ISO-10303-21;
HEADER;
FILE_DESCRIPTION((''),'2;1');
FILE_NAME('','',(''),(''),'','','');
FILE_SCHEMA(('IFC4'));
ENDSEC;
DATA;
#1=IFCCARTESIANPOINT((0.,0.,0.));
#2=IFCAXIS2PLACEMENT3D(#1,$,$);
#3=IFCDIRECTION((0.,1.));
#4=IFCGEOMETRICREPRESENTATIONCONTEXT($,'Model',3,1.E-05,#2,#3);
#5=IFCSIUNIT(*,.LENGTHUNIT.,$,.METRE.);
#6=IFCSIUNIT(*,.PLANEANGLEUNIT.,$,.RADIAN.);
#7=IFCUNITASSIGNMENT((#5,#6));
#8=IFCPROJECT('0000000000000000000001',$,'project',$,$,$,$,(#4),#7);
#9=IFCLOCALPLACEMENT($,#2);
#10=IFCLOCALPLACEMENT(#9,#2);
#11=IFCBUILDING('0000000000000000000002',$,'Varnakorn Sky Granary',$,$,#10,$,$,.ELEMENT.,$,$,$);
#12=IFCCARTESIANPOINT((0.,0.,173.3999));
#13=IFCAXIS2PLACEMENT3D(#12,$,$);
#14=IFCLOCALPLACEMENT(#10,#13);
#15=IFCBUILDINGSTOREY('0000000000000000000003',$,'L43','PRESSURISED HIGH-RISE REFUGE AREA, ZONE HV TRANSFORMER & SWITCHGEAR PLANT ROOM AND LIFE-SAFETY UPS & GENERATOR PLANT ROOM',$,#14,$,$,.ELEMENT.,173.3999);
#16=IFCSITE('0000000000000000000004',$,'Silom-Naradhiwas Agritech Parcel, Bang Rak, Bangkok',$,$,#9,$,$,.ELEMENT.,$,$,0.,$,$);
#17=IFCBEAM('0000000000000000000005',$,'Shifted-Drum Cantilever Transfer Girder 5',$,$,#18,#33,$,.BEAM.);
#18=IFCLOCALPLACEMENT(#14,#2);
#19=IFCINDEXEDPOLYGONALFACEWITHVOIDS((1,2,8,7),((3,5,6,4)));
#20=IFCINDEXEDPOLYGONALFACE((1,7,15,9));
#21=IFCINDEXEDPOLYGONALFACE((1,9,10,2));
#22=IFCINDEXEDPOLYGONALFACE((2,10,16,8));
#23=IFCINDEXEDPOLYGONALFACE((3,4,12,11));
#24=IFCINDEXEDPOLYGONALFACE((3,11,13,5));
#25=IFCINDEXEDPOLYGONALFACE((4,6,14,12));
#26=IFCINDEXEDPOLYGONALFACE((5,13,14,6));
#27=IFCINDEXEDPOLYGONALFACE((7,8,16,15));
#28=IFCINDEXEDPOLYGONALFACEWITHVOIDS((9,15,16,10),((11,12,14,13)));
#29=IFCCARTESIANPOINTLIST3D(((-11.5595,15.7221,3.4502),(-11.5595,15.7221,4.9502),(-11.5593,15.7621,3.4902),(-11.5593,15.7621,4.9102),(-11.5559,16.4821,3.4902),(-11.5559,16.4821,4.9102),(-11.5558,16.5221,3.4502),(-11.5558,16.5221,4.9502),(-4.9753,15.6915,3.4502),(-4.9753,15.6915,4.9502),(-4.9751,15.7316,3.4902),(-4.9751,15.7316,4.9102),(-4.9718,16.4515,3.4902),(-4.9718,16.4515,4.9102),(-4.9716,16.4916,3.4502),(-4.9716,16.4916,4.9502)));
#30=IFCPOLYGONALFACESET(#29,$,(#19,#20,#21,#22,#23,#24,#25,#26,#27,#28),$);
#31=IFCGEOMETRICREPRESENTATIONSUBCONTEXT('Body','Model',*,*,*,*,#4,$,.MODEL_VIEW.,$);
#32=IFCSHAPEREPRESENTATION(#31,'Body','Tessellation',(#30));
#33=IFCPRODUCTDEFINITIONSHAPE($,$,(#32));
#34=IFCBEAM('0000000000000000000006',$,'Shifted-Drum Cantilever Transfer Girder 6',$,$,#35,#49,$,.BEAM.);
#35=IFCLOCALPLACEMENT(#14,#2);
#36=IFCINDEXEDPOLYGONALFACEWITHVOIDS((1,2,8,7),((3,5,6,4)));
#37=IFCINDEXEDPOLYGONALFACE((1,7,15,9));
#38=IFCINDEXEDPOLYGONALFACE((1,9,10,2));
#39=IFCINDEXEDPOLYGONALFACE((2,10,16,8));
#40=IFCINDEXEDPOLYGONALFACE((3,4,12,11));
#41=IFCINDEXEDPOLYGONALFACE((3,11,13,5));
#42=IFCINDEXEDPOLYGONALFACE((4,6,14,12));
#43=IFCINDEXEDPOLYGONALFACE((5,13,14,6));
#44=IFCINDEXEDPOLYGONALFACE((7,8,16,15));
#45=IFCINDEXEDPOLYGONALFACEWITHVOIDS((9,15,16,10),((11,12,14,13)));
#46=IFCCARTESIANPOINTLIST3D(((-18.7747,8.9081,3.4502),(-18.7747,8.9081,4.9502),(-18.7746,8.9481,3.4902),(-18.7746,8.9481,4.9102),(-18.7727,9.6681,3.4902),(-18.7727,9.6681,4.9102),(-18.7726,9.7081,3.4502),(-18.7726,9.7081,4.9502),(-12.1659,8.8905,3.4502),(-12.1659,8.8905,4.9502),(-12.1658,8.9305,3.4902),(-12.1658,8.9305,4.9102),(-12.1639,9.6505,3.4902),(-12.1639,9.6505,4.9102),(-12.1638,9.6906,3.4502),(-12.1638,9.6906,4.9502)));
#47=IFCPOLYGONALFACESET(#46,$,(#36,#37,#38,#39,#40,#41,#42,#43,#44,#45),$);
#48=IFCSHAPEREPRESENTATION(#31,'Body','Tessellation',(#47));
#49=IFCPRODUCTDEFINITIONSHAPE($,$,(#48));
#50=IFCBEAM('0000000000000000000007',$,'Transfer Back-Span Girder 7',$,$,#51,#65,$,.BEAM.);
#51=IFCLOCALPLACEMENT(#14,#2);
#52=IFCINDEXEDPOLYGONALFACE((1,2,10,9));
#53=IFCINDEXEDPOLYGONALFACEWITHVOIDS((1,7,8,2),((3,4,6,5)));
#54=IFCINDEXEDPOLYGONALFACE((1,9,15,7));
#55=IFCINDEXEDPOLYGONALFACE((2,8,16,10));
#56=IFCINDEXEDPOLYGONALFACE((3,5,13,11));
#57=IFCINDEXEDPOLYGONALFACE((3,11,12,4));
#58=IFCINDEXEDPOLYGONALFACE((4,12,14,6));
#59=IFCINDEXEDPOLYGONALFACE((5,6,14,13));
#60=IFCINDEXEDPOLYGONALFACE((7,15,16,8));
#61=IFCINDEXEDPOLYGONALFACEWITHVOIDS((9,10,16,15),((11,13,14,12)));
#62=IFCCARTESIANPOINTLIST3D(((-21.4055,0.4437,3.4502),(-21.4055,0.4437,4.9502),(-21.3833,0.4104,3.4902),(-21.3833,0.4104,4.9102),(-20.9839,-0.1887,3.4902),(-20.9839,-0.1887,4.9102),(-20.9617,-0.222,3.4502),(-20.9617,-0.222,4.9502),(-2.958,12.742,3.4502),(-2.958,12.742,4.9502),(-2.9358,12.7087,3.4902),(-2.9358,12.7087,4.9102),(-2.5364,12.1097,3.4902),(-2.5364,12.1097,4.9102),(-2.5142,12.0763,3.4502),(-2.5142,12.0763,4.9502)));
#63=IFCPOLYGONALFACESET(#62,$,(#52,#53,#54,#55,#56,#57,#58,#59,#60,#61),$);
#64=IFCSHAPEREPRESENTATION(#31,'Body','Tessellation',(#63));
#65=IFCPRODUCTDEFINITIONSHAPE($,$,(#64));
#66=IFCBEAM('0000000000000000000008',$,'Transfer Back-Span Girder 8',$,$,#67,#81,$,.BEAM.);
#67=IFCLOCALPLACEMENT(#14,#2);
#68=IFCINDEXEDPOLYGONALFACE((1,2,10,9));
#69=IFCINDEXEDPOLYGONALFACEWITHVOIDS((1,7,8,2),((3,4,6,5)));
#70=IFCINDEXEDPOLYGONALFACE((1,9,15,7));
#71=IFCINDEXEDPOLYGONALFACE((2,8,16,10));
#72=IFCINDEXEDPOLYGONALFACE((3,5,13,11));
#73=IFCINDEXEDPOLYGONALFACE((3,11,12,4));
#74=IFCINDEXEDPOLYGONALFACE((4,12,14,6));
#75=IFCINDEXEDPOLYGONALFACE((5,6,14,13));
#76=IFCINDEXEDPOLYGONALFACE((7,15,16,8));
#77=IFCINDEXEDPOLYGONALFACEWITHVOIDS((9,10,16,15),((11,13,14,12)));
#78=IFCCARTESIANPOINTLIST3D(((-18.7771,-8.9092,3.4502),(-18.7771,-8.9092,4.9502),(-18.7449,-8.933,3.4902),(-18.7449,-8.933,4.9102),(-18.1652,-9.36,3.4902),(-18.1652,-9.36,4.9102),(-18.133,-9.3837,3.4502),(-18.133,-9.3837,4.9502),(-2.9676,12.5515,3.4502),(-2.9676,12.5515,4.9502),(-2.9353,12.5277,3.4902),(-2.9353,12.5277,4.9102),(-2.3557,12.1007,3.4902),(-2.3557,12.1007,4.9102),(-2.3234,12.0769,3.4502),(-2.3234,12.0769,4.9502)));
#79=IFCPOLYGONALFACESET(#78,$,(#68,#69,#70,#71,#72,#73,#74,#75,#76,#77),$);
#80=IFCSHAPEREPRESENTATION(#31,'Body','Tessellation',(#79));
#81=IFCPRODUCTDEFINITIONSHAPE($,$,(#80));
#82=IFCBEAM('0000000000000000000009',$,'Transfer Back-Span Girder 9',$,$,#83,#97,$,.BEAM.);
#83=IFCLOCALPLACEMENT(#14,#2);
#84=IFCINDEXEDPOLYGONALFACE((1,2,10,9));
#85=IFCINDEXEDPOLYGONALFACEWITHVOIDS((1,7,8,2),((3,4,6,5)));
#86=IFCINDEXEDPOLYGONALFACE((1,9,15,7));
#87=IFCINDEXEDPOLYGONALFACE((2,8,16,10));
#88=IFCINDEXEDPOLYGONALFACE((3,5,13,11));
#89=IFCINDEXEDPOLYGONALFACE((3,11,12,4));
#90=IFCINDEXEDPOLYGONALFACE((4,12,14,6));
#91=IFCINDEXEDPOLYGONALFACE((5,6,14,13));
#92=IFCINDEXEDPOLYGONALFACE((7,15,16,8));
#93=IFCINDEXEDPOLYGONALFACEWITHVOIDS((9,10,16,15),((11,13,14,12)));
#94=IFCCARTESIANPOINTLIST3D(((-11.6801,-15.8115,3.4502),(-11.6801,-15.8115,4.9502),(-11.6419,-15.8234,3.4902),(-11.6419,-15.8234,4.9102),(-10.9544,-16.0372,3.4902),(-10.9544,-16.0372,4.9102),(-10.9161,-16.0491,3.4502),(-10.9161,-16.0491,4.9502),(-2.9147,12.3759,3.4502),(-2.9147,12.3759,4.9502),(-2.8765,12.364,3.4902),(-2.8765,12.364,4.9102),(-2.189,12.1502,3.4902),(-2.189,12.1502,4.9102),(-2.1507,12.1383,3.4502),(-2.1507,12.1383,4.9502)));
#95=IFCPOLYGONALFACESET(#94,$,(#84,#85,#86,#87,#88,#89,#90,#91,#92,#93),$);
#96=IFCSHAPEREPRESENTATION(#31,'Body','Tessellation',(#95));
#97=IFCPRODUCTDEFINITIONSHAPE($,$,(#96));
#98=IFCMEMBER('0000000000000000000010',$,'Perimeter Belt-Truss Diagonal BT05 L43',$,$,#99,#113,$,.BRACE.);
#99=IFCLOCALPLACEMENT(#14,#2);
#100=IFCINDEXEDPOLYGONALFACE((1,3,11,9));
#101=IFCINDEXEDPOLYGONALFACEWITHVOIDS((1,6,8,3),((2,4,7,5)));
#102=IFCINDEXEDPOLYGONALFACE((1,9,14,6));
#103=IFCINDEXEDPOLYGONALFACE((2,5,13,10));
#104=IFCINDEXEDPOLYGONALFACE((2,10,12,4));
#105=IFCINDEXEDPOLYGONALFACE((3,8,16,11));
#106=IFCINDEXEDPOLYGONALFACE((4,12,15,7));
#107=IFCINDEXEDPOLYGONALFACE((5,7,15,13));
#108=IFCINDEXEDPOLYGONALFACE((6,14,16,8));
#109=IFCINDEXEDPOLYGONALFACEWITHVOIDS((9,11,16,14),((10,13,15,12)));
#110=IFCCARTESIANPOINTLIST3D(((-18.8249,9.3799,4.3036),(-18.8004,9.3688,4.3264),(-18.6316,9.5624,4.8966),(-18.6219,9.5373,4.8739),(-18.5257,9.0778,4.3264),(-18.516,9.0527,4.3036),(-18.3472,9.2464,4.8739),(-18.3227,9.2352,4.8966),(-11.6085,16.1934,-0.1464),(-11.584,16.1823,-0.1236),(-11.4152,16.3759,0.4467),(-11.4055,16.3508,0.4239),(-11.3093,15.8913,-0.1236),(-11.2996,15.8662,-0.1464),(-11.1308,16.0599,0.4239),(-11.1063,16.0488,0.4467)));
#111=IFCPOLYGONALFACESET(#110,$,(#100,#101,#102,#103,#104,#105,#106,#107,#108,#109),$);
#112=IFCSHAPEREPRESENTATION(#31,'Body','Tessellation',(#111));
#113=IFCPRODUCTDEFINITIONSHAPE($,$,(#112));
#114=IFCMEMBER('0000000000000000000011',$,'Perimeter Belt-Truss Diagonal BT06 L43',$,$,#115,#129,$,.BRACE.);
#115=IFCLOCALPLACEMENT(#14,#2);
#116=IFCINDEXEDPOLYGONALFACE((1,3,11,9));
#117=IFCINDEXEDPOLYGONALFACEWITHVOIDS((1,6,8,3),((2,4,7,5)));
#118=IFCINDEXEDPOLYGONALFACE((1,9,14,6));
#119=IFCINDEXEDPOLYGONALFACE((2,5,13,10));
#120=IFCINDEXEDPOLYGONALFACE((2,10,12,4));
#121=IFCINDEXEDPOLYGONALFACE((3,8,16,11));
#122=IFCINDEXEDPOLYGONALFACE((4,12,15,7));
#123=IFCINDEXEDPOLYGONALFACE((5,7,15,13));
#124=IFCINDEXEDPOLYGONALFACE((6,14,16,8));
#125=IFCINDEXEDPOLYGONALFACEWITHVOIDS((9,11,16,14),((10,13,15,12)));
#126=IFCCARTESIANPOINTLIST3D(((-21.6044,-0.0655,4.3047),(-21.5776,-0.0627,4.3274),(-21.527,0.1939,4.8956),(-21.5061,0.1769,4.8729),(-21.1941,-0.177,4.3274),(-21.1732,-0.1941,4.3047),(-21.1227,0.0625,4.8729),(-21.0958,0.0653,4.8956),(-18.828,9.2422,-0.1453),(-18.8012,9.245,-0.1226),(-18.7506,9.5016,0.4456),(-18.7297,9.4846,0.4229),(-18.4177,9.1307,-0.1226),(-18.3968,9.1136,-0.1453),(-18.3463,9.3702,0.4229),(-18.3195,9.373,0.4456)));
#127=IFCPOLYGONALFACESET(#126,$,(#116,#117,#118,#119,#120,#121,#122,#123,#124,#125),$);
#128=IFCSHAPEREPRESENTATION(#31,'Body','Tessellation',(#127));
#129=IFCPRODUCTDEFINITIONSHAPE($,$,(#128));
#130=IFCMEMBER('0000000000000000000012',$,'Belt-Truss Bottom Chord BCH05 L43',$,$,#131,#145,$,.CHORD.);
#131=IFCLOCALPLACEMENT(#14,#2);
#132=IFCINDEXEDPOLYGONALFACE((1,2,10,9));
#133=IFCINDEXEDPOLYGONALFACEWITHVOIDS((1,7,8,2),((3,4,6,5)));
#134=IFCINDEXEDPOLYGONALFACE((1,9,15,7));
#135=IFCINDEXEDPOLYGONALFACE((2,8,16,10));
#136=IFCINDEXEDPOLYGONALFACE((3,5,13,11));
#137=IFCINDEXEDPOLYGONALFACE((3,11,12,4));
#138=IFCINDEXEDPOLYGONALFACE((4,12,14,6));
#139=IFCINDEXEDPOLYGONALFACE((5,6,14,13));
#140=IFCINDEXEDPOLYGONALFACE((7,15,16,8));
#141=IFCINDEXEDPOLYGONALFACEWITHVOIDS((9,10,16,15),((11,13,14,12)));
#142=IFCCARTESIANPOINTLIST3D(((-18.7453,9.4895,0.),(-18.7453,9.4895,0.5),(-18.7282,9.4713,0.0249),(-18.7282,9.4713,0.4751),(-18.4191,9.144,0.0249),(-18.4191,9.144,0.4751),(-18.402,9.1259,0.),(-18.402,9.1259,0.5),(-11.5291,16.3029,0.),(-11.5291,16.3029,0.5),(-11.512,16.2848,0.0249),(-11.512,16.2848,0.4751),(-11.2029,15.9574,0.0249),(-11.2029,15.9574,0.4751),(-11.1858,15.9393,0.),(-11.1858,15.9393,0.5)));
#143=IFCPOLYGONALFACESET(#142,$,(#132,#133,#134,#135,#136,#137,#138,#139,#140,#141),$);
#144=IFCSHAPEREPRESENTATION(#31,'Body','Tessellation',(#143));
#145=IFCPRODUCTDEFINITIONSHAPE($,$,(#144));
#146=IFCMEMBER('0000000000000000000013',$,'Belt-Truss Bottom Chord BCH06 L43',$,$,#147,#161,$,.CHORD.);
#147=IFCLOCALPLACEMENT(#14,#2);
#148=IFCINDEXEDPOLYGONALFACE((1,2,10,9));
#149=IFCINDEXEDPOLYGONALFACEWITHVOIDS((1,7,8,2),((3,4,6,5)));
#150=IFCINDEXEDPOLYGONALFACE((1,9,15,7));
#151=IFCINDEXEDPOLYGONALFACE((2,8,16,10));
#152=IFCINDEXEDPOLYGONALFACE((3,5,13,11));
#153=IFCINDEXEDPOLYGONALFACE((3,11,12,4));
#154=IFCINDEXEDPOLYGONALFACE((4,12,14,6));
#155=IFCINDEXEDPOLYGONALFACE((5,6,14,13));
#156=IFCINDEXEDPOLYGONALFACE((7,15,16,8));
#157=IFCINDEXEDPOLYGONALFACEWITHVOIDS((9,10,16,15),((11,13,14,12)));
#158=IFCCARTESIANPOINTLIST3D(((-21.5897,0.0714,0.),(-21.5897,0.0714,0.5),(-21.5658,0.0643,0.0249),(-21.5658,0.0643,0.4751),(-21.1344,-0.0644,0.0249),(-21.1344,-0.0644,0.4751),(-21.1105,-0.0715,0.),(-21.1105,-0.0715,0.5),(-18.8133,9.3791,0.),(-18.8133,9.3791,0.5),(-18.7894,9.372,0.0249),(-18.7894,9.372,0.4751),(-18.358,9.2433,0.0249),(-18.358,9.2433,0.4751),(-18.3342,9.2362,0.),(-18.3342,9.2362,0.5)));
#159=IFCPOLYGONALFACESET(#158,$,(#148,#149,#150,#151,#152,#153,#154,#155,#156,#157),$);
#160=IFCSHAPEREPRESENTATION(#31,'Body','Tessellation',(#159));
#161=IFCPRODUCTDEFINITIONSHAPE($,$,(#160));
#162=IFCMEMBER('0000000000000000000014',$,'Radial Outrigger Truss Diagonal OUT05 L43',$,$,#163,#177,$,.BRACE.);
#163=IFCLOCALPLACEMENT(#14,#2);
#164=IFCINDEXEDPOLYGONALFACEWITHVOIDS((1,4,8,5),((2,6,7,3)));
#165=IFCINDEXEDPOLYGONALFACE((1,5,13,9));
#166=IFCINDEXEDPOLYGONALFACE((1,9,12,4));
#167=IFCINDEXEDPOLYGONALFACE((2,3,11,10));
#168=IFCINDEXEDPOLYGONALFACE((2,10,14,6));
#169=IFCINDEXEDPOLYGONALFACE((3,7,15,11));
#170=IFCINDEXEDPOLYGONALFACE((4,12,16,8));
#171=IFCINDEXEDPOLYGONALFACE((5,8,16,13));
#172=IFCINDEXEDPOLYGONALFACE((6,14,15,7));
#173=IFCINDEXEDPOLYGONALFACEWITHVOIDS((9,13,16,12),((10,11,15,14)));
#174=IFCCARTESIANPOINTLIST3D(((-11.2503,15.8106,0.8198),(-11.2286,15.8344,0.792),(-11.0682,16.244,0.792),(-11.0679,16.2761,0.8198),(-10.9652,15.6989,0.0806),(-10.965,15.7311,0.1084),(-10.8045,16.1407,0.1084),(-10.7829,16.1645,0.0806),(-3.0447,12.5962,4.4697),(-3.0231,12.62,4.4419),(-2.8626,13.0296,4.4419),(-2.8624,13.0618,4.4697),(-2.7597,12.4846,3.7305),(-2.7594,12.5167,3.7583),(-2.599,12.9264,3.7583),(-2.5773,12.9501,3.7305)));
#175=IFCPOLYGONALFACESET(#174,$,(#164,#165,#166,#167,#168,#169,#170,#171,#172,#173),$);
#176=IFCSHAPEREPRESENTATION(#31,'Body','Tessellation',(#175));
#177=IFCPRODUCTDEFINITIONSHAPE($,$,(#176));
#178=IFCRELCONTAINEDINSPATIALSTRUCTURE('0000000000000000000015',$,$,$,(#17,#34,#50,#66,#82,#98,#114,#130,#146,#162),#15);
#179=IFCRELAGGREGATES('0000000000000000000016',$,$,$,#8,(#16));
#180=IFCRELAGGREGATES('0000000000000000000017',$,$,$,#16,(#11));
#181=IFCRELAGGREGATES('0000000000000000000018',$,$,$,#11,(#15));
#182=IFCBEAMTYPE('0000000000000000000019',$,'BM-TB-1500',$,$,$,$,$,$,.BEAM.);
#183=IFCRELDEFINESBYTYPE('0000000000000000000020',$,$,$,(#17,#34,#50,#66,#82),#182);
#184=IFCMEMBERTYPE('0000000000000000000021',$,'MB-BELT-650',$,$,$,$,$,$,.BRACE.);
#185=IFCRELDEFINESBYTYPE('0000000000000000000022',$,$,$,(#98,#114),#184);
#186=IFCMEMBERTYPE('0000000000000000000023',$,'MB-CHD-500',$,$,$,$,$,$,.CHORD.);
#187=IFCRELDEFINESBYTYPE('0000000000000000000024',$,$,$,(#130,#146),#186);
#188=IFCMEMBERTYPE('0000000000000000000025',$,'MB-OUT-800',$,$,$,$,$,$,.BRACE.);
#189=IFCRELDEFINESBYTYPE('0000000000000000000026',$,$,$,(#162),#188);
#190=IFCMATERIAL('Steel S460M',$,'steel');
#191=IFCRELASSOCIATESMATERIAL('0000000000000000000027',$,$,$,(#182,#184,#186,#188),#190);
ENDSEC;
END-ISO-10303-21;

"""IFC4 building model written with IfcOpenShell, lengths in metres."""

from ifc_helpers import new_model, si_unit, direction, frame, origin, origin_2d, place, context, subcontext, project, spatial, hollow_rectangle, extrude, material, material_profile, profile_set, type_object, element, save


model = new_model("IFC4")

# Units and contexts
model_context = context("Model", 3, precision=1e-05, world=origin(), true_north=direction((0.0, 1.0)))
body_context = subcontext(model_context, "Body", "Model", "MODEL_VIEW")
ifc_project = project(units=[si_unit("LENGTHUNIT", "METRE"), si_unit("PLANEANGLEUNIT", "RADIAN")], contexts=[model_context])

# Site, building, storey
site_placement = place(None, origin())
site = spatial("IfcSite", under=ifc_project, at=site_placement, Name="Silom-Naradhiwas Agritech Parcel, Bang Rak, Bangkok", CompositionType="ELEMENT", RefElevation=0.0)
building_placement = place(site_placement, origin())
building = spatial("IfcBuilding", under=site, at=building_placement, Name="Varnakorn Sky Granary", CompositionType="ELEMENT")
storey_placement = place(building_placement, frame((0.0, 0.0, 173.3999)))
storey = spatial("IfcBuildingStorey", under=building, at=storey_placement, Name="L43", Description="PRESSURISED HIGH-RISE REFUGE AREA, ZONE HV TRANSFORMER & SWITCHGEAR PLANT ROOM AND LIFE-SAFETY UPS & GENERATOR PLANT ROOM", CompositionType="ELEMENT", Elevation=173.3999)

# Shared definitions
ifc_material_1 = material(Name="Steel S460M", Category="steel")

# Beams
ifc_material_profile_1 = material_profile(ifc_material_1, hollow_rectangle(XDim=0.8, YDim=1.5, WallThickness=0.04, at=origin_2d()), Name="BOX 800x1500x40")
ifc_profile_set_1 = profile_set([ifc_material_profile_1], Name="Steel S460M")
beam_type_1 = type_object("IfcBeamType", Name="BM-TB-1500", PredefinedType="BEAM", material=ifc_profile_set_1)
beam_1_placement = place(storey_placement, frame((-11.5576, 16.1221, 4.2002), z_axis=(0.999989, -0.004635, 0.0), x_axis=(0.004635, 0.999989, 0.0)))
element("IfcBeam", 1, at=beam_1_placement, inside=storey, type_object=beam_type_1, Name="Shifted-Drum Cantilever Transfer Girder 5", PredefinedType="BEAM", context=body_context, shape_type="SweptSolid", body=[
    extrude(hollow_rectangle(XDim=0.8, YDim=1.5, WallThickness=0.04, at=origin_2d()), origin(), (0.0, 0.0, 1.0), 6.5842),
])
beam_2_placement = place(storey_placement, frame((-18.7737, 9.3081, 4.2002), z_axis=(0.999996, -0.00266, 0.0), x_axis=(0.00266, 0.999996, 0.0)))
element("IfcBeam", 2, at=beam_2_placement, inside=storey, type_object=beam_type_1, Name="Shifted-Drum Cantilever Transfer Girder 6", PredefinedType="BEAM", context=body_context, shape_type="SweptSolid", body=[
    extrude(hollow_rectangle(XDim=0.8, YDim=1.5, WallThickness=0.04, at=origin_2d()), origin(), (0.0, 0.0, 1.0), 6.6089),
])
beam_3_placement = place(storey_placement, frame((-2.7361, 12.4092, 4.2002), z_axis=(-0.83205, -0.5547, 0.0), x_axis=(0.5547, -0.83205, 0.0)))
element("IfcBeam", 3, at=beam_3_placement, inside=storey, type_object=beam_type_1, Name="Transfer Back-Span Girder 7", PredefinedType="BEAM", context=body_context, shape_type="SweptSolid", body=[
    extrude(hollow_rectangle(XDim=0.8, YDim=1.5, WallThickness=0.04, at=origin_2d()), origin(), (0.0, 0.0, 1.0), 22.1711),
])
beam_4_placement = place(storey_placement, frame((-2.6455, 12.3142, 4.2002), z_axis=(-0.593112, -0.80512, 0.0), x_axis=(0.80512, -0.593112, 0.0)))
element("IfcBeam", 4, at=beam_4_placement, inside=storey, type_object=beam_type_1, Name="Transfer Back-Span Girder 8", PredefinedType="BEAM", context=body_context, shape_type="SweptSolid", body=[
    extrude(hollow_rectangle(XDim=0.8, YDim=1.5, WallThickness=0.04, at=origin_2d()), origin(), (0.0, 0.0, 1.0), 26.6553),
])
beam_5_placement = place(storey_placement, frame((-2.5327, 12.2571, 4.2002), z_axis=(-0.296943, -0.954895, 0.0), x_axis=(0.954895, -0.296943, 0.0)))
element("IfcBeam", 5, at=beam_5_placement, inside=storey, type_object=beam_type_1, Name="Transfer Back-Span Girder 9", PredefinedType="BEAM", context=body_context, shape_type="SweptSolid", body=[
    extrude(hollow_rectangle(XDim=0.8, YDim=1.5, WallThickness=0.04, at=origin_2d()), origin(), (0.0, 0.0, 1.0), 29.5188),
])

# Members
ifc_material_profile_2 = material_profile(ifc_material_1, hollow_rectangle(XDim=0.45, YDim=0.6499, WallThickness=0.0249, at=origin_2d()), Name="RHS 450x650x25")
ifc_profile_set_2 = profile_set([ifc_material_profile_2], Name="Steel S460M")
member_type_1 = type_object("IfcMemberType", Name="MB-BELT-650", PredefinedType="BRACE", material=ifc_profile_set_2)
member_1_placement = place(storey_placement, frame((-11.3574, 16.1211, 0.1501), z_axis=(-0.66347, -0.626434, 0.40913), x_axis=(0.686521, -0.72711, 0.0)))
element("IfcMember", 6, at=member_1_placement, inside=storey, type_object=member_type_1, Name="Perimeter Belt-Truss Diagonal BT05 L43", PredefinedType="BRACE", context=body_context, shape_type="SweptSolid", body=[
    extrude(hollow_rectangle(XDim=0.45, YDim=0.6499, WallThickness=0.0249, at=origin_2d()), origin(), (0.0, 0.0, 1.0), 10.8767),
])
member_2_placement = place(storey_placement, frame((-18.5737, 9.3076, 0.1501), z_axis=(-0.259869, -0.871196, 0.416517), x_axis=(0.958276, -0.285844, 0.0)))
element("IfcMember", 7, at=member_2_placement, inside=storey, type_object=member_type_1, Name="Perimeter Belt-Truss Diagonal BT06 L43", PredefinedType="BRACE", context=body_context, shape_type="SweptSolid", body=[
    extrude(hollow_rectangle(XDim=0.45, YDim=0.6499, WallThickness=0.0249, at=origin_2d()), origin(), (0.0, 0.0, 1.0), 10.6838),
])
ifc_material_profile_3 = material_profile(ifc_material_1, hollow_rectangle(XDim=0.5, YDim=0.5, WallThickness=0.0249, at=origin_2d()), Name="SHS 500x500x25")
ifc_profile_set_3 = profile_set([ifc_material_profile_3], Name="Steel S460M")
member_type_2 = type_object("IfcMemberType", Name="MB-CHD-500", PredefinedType="CHORD", material=ifc_profile_set_3)
member_3_placement = place(storey_placement, frame((-11.3574, 16.1211, 0.25), z_axis=(-0.72711, -0.686521, 0.0), x_axis=(0.686521, -0.72711, 0.0)))
element("IfcMember", 8, at=member_3_placement, inside=storey, type_object=member_type_2, Name="Belt-Truss Bottom Chord BCH05 L43", PredefinedType="CHORD", context=body_context, shape_type="SweptSolid", body=[
    extrude(hollow_rectangle(XDim=0.5, YDim=0.5, WallThickness=0.0249, at=origin_2d()), origin(), (0.0, 0.0, 1.0), 9.9246),
])
member_4_placement = place(storey_placement, frame((-18.5737, 9.3076, 0.25), z_axis=(-0.285844, -0.958276, 0.0), x_axis=(0.958276, -0.285844, 0.0)))
element("IfcMember", 9, at=member_4_placement, inside=storey, type_object=member_type_2, Name="Belt-Truss Bottom Chord BCH06 L43", PredefinedType="CHORD", context=body_context, shape_type="SweptSolid", body=[
    extrude(hollow_rectangle(XDim=0.5, YDim=0.5, WallThickness=0.0249, at=origin_2d()), origin(), (0.0, 0.0, 1.0), 9.7129),
])
ifc_material_profile_4 = material_profile(ifc_material_1, hollow_rectangle(XDim=0.5, YDim=0.8, WallThickness=0.03, at=origin_2d()), Name="RHS 500x800x30")
ifc_profile_set_4 = profile_set([ifc_material_profile_4], Name="Steel S460M")
member_type_3 = type_object("IfcMemberType", Name="MB-OUT-800", PredefinedType="BRACE", material=ifc_profile_set_4)
member_5_placement = place(storey_placement, frame((-2.811, 12.7732, 4.1001), z_axis=(-0.860247, 0.336983, -0.382645), x_axis=(-0.364742, -0.931109, 0.0)))
element("IfcMember", 10, at=member_5_placement, inside=storey, type_object=member_type_3, Name="Radial Outrigger Truss Diagonal OUT05 L43", PredefinedType="BRACE", context=body_context, shape_type="SweptSolid", body=[
    extrude(hollow_rectangle(XDim=0.5, YDim=0.8, WallThickness=0.03, at=origin_2d()), origin(), (0.0, 0.0, 1.0), 9.5386),
])

save(model, "model.ifc")
